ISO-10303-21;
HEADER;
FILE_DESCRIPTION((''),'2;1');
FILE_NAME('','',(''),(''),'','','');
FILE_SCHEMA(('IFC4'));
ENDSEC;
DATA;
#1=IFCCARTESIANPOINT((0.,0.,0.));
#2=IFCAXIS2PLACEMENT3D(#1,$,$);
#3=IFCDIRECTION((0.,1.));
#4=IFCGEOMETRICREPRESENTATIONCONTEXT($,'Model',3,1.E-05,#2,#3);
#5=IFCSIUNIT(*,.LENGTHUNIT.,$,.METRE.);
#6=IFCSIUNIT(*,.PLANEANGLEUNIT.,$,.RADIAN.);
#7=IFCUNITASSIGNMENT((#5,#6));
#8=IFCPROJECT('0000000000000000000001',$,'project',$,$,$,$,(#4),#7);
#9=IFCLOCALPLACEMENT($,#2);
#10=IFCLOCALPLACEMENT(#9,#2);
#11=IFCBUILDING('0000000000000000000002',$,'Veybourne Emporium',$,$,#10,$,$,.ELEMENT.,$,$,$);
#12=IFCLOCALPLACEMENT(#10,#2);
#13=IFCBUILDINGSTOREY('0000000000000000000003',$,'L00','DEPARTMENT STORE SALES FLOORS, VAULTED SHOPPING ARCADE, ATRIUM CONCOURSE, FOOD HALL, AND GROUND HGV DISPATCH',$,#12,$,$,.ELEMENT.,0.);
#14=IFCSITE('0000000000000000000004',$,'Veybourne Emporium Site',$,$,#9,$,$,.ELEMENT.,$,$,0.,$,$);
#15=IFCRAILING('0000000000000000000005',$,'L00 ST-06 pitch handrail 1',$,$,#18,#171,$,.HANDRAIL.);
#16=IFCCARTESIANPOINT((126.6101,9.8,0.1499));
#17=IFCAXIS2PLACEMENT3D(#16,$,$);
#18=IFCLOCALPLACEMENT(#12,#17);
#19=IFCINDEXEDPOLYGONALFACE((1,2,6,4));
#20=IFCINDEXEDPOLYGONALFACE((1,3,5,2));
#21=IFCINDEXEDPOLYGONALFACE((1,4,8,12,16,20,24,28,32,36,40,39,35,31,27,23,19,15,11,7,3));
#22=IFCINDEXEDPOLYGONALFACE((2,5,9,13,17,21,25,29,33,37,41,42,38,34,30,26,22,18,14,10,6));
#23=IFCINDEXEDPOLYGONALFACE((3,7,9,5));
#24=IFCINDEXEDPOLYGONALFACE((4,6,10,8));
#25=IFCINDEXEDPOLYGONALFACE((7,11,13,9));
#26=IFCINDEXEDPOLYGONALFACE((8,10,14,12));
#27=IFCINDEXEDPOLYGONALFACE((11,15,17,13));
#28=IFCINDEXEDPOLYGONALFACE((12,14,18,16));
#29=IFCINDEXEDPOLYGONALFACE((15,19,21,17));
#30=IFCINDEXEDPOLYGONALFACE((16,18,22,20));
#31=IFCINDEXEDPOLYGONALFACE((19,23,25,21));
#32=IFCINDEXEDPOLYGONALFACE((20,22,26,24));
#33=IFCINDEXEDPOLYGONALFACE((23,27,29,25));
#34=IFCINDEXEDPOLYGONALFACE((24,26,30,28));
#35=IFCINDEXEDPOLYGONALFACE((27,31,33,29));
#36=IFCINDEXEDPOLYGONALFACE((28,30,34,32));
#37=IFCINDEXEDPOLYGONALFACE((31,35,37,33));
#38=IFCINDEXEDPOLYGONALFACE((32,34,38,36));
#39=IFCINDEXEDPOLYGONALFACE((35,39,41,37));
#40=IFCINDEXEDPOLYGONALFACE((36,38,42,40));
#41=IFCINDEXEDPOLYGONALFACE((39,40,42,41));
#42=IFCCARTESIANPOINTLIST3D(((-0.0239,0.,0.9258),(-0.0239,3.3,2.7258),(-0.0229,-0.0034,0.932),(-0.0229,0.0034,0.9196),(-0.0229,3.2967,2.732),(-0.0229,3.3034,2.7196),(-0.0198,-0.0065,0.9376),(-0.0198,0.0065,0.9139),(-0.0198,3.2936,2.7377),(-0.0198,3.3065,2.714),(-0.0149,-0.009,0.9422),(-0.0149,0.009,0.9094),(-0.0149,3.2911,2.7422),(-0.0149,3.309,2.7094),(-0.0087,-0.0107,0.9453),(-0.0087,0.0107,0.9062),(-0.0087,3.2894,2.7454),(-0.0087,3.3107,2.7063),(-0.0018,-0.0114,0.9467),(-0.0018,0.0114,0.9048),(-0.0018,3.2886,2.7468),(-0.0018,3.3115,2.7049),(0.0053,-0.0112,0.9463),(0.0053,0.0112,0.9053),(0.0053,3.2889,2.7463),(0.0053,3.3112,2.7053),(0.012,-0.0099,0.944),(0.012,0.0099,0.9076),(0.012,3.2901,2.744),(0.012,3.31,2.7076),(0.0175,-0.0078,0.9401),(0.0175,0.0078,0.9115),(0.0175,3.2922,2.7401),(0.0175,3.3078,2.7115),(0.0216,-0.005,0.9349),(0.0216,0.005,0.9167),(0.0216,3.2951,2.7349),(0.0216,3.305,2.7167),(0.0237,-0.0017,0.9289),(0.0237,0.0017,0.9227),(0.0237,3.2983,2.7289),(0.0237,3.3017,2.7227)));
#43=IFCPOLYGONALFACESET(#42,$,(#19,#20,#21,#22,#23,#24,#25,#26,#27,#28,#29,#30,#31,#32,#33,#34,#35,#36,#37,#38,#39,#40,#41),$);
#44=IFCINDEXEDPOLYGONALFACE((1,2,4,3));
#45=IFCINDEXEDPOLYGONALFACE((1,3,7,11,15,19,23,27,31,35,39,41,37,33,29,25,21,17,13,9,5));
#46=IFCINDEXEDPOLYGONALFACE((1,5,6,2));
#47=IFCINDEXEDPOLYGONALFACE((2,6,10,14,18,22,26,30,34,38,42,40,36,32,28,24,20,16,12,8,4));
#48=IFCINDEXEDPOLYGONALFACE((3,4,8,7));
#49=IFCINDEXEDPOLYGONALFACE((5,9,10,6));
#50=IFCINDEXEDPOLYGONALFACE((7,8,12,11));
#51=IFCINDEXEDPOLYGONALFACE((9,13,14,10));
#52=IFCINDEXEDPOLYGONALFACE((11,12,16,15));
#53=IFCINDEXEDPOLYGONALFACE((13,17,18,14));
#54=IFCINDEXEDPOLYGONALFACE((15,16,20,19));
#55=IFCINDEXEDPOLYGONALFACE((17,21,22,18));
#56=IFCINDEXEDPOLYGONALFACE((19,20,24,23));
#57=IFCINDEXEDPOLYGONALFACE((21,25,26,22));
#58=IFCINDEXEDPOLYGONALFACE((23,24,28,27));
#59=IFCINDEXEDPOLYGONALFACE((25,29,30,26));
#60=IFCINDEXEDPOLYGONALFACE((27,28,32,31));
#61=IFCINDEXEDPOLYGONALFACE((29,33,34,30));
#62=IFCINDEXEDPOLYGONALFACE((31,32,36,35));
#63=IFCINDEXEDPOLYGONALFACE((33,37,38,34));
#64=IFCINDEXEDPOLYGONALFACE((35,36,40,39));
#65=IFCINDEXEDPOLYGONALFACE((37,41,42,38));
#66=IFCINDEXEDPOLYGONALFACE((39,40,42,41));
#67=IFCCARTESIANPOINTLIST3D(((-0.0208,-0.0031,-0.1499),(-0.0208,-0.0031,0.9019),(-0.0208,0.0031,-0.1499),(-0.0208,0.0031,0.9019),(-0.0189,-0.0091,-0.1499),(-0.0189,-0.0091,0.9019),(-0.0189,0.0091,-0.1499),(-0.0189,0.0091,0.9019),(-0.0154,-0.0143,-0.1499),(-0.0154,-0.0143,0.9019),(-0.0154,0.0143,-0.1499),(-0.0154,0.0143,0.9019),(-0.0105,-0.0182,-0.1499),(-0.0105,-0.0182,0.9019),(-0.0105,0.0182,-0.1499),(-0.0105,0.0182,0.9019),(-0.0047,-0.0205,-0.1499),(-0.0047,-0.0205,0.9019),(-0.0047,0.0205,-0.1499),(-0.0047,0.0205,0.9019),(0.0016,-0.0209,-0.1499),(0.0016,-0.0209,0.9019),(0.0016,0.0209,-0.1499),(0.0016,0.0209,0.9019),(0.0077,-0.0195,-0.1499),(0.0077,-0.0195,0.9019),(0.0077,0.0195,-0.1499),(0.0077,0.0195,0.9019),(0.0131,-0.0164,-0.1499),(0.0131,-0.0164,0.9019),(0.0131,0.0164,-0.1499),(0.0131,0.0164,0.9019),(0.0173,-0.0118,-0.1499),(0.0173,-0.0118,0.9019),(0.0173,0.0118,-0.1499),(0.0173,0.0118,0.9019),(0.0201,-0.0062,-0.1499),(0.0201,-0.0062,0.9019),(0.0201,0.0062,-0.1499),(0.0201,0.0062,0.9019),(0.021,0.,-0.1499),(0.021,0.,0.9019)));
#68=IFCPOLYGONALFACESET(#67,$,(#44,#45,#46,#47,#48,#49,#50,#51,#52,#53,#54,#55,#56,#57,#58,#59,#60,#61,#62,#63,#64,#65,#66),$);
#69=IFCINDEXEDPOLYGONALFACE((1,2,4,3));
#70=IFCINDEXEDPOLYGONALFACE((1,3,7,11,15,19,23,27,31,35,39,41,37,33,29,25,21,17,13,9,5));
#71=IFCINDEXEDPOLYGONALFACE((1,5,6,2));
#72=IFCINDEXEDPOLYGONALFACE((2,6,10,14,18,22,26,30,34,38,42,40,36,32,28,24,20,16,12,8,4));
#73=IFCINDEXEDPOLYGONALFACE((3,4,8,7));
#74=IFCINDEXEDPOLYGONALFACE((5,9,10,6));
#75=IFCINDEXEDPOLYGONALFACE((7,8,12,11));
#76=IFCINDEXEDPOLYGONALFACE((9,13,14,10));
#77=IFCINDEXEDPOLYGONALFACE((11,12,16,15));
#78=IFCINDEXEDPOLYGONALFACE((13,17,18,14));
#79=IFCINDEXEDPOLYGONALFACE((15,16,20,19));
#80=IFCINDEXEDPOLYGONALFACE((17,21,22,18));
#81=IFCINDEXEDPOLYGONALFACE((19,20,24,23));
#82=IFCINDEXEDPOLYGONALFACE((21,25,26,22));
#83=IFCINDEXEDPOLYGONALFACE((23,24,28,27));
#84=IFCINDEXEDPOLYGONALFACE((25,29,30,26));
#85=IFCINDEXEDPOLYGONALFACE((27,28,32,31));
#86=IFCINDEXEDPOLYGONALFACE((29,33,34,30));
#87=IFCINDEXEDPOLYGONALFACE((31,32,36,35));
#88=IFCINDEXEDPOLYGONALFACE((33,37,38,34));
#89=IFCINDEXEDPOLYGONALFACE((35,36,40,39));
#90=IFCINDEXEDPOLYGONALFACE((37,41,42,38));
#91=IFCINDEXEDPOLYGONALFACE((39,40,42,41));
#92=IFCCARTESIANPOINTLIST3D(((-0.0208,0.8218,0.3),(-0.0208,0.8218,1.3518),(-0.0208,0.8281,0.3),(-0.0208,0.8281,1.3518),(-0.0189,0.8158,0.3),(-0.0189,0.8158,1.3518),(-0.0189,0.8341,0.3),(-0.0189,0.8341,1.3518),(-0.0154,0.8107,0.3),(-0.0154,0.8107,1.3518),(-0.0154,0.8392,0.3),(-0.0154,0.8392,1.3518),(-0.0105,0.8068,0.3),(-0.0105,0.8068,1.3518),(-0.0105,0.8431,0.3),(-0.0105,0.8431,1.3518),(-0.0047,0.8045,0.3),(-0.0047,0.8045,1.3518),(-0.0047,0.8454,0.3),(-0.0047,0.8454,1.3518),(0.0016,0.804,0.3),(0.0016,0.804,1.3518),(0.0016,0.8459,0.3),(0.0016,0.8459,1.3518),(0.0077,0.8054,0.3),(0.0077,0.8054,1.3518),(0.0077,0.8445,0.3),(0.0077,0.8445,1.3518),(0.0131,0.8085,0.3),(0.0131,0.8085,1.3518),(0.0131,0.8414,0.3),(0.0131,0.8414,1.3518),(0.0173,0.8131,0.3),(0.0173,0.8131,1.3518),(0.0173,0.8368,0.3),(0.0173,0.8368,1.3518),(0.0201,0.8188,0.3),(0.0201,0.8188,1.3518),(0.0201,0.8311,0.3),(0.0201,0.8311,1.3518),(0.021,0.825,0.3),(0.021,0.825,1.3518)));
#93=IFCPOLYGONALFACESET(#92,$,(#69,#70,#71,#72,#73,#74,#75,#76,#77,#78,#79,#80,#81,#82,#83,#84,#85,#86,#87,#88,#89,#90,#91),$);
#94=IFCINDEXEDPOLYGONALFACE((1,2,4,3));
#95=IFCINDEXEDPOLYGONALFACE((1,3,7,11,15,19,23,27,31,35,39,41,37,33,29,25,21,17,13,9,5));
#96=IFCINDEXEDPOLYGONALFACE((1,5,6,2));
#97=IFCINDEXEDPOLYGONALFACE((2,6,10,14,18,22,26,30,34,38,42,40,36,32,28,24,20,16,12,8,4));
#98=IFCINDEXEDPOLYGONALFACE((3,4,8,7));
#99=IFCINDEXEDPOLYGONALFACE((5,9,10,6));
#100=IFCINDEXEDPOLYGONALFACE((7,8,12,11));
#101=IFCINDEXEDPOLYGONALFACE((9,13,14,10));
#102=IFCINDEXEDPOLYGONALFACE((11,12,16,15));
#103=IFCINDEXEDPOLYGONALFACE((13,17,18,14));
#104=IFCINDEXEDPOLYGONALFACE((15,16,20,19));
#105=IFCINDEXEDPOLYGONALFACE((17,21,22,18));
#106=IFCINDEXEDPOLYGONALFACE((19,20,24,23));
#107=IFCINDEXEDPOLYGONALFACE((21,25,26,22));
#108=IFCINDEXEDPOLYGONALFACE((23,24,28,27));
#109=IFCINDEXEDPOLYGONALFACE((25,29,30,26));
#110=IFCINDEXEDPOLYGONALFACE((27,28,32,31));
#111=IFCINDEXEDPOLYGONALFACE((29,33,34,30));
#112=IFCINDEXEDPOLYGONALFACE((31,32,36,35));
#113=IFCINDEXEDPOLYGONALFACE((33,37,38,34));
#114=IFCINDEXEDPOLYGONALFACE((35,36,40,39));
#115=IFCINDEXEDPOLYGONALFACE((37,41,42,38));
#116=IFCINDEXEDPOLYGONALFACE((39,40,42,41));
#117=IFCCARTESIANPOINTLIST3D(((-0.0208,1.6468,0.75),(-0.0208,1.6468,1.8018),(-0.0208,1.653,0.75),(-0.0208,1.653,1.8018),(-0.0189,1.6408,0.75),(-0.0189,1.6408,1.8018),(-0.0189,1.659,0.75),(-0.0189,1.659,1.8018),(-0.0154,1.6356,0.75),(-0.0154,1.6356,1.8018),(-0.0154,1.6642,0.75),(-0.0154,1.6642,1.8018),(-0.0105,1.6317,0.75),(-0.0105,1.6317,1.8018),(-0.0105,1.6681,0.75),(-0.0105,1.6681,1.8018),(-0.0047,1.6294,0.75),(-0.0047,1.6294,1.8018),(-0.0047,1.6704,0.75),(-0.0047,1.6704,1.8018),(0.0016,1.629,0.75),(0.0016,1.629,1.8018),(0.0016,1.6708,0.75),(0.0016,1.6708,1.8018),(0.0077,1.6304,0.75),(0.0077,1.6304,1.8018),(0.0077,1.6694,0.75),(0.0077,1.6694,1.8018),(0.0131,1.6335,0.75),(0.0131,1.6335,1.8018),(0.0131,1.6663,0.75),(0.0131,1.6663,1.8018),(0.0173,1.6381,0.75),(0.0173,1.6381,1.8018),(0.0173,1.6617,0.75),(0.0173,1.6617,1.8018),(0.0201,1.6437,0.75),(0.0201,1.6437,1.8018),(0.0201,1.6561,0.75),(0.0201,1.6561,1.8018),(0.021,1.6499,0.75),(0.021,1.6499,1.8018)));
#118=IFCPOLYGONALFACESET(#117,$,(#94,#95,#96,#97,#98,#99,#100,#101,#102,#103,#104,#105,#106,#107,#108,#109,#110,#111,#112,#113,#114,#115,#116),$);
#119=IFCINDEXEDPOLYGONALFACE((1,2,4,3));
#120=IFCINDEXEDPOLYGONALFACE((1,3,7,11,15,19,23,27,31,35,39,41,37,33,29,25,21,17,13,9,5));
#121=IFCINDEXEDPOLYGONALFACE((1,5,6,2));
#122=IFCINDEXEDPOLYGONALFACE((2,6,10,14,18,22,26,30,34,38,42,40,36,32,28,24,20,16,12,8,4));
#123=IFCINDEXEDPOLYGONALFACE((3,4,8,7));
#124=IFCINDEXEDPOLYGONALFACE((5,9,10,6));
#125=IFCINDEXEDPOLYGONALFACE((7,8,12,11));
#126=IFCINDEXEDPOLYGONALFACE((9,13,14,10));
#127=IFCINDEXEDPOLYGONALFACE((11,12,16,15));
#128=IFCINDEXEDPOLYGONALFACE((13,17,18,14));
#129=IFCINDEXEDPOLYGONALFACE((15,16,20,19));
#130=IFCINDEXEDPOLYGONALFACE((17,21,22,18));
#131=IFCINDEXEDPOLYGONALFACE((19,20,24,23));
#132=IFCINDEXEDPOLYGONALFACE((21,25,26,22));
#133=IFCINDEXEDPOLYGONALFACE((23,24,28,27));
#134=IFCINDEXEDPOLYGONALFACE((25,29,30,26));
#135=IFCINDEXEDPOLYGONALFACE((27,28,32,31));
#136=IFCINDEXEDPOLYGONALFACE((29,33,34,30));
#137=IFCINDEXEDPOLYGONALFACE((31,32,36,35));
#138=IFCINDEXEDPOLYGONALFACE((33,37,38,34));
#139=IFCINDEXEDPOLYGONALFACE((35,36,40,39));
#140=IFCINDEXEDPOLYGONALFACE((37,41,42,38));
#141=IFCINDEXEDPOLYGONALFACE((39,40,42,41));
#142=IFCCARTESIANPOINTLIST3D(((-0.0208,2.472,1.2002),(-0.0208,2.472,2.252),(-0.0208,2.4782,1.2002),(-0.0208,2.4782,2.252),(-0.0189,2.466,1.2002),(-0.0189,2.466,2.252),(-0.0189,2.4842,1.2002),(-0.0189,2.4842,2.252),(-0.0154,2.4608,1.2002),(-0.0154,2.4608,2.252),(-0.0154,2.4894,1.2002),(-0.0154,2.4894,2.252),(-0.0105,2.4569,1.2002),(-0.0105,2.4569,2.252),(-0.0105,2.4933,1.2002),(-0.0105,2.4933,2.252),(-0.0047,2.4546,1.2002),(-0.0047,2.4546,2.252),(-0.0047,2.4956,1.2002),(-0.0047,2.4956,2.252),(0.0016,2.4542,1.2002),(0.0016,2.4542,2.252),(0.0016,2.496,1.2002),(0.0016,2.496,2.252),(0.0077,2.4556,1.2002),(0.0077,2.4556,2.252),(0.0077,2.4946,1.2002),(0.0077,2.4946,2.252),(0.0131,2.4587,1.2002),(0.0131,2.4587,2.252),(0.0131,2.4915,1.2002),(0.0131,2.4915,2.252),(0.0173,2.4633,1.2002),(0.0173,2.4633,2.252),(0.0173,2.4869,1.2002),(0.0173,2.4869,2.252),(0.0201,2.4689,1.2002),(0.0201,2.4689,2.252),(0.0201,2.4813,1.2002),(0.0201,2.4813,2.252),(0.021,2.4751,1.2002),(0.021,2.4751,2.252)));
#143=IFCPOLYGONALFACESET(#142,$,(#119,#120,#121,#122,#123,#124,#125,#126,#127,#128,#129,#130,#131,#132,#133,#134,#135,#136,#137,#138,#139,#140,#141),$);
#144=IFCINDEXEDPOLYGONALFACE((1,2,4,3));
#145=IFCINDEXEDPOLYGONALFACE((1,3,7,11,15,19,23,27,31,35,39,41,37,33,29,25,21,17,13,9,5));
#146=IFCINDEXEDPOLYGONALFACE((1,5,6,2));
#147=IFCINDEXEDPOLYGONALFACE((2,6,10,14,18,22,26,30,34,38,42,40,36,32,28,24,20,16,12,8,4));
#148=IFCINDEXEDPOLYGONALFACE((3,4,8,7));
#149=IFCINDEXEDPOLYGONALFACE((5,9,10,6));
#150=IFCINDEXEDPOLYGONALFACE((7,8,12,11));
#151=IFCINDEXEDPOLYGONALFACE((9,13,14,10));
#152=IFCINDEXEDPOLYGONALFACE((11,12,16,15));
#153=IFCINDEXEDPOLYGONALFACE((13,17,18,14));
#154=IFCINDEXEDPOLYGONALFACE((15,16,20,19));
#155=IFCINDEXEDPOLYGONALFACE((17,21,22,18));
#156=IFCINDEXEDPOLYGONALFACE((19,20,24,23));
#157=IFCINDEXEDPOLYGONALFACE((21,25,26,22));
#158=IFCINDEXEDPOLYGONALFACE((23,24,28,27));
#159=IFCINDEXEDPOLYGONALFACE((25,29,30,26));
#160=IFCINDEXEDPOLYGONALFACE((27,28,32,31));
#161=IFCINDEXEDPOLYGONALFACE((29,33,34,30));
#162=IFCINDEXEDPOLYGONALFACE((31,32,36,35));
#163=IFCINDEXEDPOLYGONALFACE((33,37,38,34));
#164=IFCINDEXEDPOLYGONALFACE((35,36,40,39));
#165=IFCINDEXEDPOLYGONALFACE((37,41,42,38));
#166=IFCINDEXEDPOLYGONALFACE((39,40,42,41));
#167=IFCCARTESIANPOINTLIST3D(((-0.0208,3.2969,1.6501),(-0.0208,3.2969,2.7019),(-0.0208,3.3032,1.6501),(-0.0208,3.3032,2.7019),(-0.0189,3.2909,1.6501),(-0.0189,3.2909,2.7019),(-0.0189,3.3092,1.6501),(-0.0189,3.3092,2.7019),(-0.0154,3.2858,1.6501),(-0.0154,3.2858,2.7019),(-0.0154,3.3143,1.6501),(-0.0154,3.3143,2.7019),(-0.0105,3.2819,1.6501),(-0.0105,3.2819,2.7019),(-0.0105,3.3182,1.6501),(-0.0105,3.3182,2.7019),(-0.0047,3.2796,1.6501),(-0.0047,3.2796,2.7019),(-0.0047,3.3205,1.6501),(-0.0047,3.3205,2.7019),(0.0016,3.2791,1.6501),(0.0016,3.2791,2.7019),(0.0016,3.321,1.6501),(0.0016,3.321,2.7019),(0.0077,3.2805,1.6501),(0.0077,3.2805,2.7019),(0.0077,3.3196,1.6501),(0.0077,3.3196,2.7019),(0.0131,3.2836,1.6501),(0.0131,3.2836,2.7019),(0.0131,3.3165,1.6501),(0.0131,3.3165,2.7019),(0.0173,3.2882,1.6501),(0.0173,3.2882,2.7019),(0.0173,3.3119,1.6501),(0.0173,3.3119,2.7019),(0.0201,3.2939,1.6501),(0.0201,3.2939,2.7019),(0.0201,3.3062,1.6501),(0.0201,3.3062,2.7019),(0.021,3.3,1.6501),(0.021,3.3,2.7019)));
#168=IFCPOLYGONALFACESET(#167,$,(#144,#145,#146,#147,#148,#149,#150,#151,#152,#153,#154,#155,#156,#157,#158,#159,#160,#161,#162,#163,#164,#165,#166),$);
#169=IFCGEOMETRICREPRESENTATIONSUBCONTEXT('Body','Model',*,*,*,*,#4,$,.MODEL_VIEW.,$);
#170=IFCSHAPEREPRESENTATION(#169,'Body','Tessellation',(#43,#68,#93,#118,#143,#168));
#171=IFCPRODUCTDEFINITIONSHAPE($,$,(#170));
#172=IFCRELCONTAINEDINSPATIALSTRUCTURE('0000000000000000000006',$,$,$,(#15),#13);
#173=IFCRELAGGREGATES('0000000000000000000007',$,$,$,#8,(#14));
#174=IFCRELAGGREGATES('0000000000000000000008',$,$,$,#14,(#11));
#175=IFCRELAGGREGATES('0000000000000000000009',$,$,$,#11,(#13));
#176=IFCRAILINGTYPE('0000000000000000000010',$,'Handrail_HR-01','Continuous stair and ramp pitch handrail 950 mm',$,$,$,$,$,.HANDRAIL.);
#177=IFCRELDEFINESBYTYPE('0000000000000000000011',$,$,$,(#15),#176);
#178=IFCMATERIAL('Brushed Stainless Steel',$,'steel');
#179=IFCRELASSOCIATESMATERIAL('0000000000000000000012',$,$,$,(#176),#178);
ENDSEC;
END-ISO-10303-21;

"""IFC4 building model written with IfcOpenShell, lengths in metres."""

from ifc_helpers import new_model, si_unit, direction, frame, origin, origin_2d, place, context, subcontext, project, spatial, circle, extrude, material, type_object, element, save


model = new_model("IFC4")

# Units and contexts
model_context = context("Model", 3, precision=1e-05, world=origin(), true_north=direction((0.0, 1.0)))
body_context = subcontext(model_context, "Body", "Model", "MODEL_VIEW")
ifc_project = project(units=[si_unit("LENGTHUNIT", "METRE"), si_unit("PLANEANGLEUNIT", "RADIAN")], contexts=[model_context])

# Site, building, storey
site_placement = place(None, origin())
site = spatial("IfcSite", under=ifc_project, at=site_placement, Name="Veybourne Emporium Site", CompositionType="ELEMENT", RefElevation=0.0)
building_placement = place(site_placement, origin())
building = spatial("IfcBuilding", under=site, at=building_placement, Name="Veybourne Emporium", CompositionType="ELEMENT")
storey_placement = place(building_placement, origin())
storey = spatial("IfcBuildingStorey", under=building, at=storey_placement, Name="L00", Description="DEPARTMENT STORE SALES FLOORS, VAULTED SHOPPING ARCADE, ATRIUM CONCOURSE, FOOD HALL, AND GROUND HGV DISPATCH", CompositionType="ELEMENT", Elevation=0.0)

# Railing
ifc_material_1 = material(Name="Brushed Stainless Steel", Category="steel")
railing_type_1 = type_object("IfcRailingType", Name="Handrail_HR-01", Description="Continuous stair and ramp pitch handrail 950 mm", PredefinedType="HANDRAIL", material=ifc_material_1)
railing_1_placement = place(storey_placement, frame((126.6101, 9.8, 0.1499)))
element("IfcRailing", 1, at=railing_1_placement, inside=storey, type_object=railing_type_1, Name="L00 ST-06 pitch handrail 1", PredefinedType="HANDRAIL", context=body_context, shape_type="SweptSolid", body=[
    extrude(circle(Radius=0.0239, at=origin_2d()), frame((0.0, 0.0, 0.9258), z_axis=(0.0, 0.877893, 0.478857), x_axis=(-1.0, 0.0, 0.0)), (0.0, 0.0, 1.0), 3.759),
    extrude(circle(Radius=0.021, at=origin_2d()), frame((0.0, 0.0, -0.1499)), (0.0, 0.0, 1.0), 1.0518),
    extrude(circle(Radius=0.021, at=origin_2d()), frame((0.0, 0.825, 0.3)), (0.0, 0.0, 1.0), 1.0518),
    extrude(circle(Radius=0.021, at=origin_2d()), frame((0.0, 1.6499, 0.75)), (0.0, 0.0, 1.0), 1.0518),
    extrude(circle(Radius=0.021, at=origin_2d()), frame((0.0, 2.4751, 1.2002)), (0.0, 0.0, 1.0), 1.0518),
    extrude(circle(Radius=0.021, at=origin_2d()), frame((0.0, 3.3, 1.6501)), (0.0, 0.0, 1.0), 1.0518),
])

save(model, "model.ifc")
